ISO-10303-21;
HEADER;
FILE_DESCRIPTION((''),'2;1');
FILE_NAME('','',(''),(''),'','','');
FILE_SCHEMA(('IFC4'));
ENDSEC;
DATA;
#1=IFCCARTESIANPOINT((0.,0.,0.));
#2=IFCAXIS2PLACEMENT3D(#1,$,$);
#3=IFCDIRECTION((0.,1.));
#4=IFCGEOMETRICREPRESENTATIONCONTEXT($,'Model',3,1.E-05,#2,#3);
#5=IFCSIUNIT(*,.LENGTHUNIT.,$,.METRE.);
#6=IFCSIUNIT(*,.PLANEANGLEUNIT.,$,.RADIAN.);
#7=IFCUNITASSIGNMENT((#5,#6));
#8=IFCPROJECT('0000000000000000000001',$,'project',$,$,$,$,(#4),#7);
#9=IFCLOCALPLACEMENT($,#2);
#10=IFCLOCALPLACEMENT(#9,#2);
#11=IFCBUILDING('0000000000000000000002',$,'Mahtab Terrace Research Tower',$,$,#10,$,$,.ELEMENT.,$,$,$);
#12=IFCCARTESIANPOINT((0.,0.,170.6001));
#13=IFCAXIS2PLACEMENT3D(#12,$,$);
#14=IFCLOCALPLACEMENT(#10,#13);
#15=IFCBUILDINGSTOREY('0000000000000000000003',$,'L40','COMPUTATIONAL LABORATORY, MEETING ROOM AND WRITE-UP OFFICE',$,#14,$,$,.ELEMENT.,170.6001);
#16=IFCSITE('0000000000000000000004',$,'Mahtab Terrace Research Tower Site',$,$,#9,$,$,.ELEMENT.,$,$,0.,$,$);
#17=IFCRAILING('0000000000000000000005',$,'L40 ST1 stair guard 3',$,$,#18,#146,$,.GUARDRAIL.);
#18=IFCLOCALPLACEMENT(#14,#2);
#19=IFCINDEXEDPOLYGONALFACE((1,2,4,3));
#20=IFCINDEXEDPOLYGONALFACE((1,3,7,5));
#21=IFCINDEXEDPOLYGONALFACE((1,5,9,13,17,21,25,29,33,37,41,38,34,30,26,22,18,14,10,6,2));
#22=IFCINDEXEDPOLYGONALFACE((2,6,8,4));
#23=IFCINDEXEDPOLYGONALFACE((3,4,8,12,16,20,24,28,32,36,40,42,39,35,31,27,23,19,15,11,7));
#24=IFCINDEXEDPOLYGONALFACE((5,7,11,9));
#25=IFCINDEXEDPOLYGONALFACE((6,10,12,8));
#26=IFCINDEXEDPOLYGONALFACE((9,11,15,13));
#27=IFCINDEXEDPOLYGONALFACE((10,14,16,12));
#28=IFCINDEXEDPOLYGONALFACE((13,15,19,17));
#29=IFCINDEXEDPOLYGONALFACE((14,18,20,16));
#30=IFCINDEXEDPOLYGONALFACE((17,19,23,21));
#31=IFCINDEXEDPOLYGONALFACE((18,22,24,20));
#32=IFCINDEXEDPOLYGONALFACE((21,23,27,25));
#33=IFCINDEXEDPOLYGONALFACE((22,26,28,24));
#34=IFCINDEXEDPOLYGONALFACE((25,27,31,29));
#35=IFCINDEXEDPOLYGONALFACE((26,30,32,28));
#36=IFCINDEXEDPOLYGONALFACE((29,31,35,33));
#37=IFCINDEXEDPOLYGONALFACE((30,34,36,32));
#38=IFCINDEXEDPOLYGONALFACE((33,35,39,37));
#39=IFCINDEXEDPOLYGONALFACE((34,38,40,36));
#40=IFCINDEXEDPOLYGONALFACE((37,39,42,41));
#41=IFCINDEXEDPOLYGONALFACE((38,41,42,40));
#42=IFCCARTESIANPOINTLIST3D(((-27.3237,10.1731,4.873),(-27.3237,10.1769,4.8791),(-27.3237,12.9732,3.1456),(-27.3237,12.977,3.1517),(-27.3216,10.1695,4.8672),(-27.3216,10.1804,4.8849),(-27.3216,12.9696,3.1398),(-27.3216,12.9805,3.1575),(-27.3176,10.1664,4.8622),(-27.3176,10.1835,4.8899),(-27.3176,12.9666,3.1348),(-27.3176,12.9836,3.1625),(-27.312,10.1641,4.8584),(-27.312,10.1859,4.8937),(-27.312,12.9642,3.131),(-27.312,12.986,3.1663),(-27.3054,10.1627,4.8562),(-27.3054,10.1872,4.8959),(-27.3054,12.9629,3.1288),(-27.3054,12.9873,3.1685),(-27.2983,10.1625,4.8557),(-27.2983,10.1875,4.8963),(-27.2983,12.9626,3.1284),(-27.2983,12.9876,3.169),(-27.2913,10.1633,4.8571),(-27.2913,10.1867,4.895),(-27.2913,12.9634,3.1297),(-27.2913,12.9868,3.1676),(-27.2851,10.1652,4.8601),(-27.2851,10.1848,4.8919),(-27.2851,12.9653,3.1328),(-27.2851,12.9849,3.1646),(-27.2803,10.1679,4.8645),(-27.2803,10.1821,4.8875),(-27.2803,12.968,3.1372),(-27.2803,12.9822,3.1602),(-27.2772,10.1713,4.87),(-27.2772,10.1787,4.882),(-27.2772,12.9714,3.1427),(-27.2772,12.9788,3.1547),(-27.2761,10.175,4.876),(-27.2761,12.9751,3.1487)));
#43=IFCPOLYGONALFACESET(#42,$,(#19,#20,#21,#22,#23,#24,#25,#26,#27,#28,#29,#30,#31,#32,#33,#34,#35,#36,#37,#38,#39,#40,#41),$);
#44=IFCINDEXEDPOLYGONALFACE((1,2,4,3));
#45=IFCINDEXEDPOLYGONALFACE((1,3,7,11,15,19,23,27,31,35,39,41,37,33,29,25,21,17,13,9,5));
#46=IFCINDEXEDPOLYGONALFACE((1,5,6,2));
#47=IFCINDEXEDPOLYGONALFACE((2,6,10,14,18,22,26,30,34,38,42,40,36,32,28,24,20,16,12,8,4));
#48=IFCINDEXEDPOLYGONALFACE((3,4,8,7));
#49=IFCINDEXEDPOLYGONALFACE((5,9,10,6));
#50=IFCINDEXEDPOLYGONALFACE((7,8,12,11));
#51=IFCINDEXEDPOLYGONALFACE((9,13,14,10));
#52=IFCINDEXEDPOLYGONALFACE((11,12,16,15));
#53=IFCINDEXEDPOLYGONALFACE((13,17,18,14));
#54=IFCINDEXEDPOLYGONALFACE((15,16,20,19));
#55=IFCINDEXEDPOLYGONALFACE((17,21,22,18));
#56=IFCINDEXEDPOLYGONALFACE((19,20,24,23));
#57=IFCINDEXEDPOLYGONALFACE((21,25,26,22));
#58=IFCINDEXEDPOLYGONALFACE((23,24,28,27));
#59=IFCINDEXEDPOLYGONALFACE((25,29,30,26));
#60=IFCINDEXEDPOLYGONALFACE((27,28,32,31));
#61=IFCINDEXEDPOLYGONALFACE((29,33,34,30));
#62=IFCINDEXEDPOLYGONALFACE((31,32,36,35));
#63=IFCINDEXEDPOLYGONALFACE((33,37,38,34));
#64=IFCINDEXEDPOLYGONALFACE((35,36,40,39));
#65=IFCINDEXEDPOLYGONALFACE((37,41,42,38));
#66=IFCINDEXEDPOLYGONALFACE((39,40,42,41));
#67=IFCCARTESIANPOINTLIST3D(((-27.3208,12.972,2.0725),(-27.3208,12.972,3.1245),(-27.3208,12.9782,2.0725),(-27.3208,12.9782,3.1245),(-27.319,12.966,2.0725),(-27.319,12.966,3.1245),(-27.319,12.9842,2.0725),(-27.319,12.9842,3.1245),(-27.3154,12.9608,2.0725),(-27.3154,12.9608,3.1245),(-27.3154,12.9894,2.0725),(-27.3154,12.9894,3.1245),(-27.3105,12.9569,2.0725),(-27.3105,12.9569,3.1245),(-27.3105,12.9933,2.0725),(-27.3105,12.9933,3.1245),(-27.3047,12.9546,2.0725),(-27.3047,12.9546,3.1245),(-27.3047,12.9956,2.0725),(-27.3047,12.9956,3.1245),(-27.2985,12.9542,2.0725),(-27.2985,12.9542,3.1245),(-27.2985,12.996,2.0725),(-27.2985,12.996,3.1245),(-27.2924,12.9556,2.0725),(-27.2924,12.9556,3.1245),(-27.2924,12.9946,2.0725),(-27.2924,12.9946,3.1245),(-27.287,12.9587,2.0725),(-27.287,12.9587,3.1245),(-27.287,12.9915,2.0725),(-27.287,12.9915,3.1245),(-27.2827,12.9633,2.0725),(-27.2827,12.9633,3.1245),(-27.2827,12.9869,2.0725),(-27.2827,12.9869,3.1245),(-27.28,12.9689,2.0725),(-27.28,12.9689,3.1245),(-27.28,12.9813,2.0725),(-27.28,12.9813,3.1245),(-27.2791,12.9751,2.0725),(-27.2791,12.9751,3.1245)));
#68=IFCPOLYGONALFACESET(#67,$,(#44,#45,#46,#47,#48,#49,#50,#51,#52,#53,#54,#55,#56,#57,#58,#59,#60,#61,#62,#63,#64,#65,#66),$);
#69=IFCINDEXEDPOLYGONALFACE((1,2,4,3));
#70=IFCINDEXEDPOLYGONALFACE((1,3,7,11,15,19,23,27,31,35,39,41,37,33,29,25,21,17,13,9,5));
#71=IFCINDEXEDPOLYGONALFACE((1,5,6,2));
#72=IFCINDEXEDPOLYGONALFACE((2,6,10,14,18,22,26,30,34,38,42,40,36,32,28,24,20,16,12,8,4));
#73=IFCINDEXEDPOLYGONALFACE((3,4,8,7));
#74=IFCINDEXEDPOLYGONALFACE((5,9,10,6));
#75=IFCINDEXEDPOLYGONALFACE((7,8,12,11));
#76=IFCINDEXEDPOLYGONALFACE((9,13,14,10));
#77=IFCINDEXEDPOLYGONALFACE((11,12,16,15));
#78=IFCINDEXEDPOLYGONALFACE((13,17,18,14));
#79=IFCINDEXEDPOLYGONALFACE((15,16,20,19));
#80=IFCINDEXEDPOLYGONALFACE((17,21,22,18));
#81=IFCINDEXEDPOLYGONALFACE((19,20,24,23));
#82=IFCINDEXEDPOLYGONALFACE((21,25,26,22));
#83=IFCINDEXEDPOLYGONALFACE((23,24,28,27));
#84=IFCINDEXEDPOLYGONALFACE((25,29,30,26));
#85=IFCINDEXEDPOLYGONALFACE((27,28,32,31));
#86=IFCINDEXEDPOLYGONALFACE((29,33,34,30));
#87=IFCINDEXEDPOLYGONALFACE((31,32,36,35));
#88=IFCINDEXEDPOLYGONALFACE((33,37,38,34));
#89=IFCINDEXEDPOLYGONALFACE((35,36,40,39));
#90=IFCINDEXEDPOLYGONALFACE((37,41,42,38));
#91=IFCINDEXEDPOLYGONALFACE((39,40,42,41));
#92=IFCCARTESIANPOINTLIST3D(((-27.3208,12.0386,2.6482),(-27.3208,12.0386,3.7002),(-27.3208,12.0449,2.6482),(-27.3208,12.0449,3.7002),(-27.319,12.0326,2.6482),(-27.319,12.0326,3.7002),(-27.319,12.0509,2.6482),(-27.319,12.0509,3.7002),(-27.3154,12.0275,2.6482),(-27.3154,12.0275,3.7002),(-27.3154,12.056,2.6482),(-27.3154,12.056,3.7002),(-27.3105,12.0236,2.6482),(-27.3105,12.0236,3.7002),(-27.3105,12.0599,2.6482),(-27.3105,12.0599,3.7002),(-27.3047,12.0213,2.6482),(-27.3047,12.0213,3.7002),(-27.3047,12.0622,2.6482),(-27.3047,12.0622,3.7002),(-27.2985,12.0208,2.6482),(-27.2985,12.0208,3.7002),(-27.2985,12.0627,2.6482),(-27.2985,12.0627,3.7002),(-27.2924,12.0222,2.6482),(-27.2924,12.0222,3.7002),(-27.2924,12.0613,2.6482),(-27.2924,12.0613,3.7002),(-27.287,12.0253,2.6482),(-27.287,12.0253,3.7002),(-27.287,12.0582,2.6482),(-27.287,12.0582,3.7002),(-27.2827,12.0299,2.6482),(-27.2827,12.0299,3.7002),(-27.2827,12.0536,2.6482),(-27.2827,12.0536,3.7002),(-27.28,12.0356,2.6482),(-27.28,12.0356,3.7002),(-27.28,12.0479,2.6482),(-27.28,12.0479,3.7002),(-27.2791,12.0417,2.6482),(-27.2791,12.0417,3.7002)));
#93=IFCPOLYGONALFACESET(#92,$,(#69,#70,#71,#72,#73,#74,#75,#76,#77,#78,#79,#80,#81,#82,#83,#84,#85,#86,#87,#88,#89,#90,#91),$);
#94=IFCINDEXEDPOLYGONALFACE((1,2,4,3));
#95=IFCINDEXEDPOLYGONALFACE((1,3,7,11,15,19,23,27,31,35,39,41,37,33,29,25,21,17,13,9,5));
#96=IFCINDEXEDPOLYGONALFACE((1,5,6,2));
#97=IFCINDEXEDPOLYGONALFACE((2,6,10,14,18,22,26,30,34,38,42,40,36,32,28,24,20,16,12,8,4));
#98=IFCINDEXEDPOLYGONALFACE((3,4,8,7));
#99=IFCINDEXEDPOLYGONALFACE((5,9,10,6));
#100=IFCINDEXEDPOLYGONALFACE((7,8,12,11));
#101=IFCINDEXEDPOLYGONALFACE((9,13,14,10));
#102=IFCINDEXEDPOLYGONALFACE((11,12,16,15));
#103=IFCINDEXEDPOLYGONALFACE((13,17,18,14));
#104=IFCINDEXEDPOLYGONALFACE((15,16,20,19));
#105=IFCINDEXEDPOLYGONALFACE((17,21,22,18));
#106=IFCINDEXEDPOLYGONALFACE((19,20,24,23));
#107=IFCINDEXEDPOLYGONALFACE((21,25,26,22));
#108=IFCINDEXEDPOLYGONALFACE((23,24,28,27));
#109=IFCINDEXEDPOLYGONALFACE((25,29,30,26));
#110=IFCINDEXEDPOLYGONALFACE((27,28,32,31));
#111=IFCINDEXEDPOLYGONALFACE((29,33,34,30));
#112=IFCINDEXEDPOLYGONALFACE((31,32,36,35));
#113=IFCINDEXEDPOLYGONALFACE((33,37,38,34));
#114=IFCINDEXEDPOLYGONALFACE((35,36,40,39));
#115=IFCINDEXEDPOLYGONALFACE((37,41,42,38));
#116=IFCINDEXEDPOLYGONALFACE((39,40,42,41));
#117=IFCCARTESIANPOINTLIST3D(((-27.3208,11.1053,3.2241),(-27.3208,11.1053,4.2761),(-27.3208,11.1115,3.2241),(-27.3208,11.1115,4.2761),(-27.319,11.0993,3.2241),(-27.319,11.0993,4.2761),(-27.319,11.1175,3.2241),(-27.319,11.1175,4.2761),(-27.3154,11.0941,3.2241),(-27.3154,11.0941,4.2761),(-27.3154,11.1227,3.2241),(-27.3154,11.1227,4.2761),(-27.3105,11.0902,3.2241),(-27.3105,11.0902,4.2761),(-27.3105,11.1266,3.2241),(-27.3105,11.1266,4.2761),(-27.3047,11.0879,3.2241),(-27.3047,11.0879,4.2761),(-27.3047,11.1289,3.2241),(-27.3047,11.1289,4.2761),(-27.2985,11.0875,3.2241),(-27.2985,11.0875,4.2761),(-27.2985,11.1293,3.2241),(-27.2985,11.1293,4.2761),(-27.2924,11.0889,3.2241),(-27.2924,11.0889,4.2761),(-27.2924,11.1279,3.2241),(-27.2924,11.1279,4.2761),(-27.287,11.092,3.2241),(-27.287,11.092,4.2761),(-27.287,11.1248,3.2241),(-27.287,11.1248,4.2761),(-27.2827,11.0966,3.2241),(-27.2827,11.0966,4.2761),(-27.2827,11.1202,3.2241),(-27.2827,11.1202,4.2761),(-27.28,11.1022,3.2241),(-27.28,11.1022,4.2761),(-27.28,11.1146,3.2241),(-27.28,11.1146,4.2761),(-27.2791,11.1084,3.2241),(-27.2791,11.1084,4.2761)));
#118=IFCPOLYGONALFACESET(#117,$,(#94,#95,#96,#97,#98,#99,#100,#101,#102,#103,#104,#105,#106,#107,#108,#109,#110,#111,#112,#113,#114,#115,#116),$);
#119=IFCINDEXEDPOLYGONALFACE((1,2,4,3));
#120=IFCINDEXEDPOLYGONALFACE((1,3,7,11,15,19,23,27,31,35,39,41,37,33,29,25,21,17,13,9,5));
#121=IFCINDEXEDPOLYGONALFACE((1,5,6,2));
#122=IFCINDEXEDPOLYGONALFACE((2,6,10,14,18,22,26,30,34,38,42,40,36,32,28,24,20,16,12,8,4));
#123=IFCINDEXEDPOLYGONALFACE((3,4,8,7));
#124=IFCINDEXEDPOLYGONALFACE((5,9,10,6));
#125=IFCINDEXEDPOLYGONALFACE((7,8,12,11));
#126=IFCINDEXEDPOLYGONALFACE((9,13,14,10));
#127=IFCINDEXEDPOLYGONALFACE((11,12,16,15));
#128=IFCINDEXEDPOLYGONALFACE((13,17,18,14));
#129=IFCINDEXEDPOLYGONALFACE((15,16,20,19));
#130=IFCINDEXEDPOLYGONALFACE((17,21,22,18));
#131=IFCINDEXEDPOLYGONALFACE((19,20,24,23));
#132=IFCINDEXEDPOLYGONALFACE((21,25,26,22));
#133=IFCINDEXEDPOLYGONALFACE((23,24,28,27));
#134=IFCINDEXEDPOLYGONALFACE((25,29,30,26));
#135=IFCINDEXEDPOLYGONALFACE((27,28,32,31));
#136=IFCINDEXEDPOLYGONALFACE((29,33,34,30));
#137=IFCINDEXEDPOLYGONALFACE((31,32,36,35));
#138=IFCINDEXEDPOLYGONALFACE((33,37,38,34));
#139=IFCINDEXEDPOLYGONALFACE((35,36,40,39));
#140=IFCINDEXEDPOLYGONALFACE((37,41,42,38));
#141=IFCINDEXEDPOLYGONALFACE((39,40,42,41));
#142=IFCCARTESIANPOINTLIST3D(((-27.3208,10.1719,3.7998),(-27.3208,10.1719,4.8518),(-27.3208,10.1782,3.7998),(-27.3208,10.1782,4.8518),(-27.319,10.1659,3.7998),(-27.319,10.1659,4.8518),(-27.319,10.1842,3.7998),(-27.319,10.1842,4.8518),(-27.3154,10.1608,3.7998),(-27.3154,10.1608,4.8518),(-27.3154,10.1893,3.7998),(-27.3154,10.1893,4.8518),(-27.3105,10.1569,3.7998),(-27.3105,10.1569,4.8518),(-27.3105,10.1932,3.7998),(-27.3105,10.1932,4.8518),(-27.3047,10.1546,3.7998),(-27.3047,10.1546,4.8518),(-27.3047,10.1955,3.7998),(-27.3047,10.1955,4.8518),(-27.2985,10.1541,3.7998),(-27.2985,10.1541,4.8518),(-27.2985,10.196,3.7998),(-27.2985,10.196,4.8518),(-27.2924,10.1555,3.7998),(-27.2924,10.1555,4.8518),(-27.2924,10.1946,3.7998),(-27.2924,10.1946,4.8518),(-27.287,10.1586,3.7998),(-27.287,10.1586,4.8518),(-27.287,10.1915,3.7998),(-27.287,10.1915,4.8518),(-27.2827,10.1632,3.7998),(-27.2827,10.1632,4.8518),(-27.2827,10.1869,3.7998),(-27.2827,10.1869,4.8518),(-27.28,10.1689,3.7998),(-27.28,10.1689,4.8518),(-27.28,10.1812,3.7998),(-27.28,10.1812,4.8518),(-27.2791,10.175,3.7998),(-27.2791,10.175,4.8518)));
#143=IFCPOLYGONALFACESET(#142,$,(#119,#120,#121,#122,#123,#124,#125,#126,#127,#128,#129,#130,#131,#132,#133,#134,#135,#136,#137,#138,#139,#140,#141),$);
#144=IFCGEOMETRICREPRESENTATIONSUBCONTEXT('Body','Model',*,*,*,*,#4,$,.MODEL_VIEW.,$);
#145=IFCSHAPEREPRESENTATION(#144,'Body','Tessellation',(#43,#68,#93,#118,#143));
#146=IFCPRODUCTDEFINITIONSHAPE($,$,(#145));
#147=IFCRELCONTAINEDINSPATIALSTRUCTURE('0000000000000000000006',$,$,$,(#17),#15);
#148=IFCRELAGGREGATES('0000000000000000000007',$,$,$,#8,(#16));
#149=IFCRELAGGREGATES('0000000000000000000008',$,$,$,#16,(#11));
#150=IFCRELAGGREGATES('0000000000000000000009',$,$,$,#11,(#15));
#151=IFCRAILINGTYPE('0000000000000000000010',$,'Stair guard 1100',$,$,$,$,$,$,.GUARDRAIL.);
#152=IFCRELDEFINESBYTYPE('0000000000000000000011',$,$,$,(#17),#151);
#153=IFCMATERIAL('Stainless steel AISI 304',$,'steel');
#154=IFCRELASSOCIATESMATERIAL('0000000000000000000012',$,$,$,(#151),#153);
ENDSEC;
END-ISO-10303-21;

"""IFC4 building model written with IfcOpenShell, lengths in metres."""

from ifc_helpers import new_model, si_unit, direction, frame, origin, origin_2d, place, context, subcontext, project, spatial, circle, extrude, material, type_object, element, save


model = new_model("IFC4")

# Units and contexts
model_context = context("Model", 3, precision=1e-05, world=origin(), true_north=direction((0.0, 1.0)))
body_context = subcontext(model_context, "Body", "Model", "MODEL_VIEW")
ifc_project = project(units=[si_unit("LENGTHUNIT", "METRE"), si_unit("PLANEANGLEUNIT", "RADIAN")], contexts=[model_context])

# Site, building, storey
site_placement = place(None, origin())
site = spatial("IfcSite", under=ifc_project, at=site_placement, Name="Mahtab Terrace Research Tower Site", CompositionType="ELEMENT", RefElevation=0.0)
building_placement = place(site_placement, origin())
building = spatial("IfcBuilding", under=site, at=building_placement, Name="Mahtab Terrace Research Tower", CompositionType="ELEMENT")
storey_placement = place(building_placement, frame((0.0, 0.0, 170.6001)))
storey = spatial("IfcBuildingStorey", under=building, at=storey_placement, Name="L40", Description="COMPUTATIONAL LABORATORY, MEETING ROOM AND WRITE-UP OFFICE", CompositionType="ELEMENT", Elevation=170.6001)

# Railing
ifc_material_1 = material(Name="Stainless steel AISI 304", Category="steel")
railing_type_1 = type_object("IfcRailingType", Name="Stair guard 1100", PredefinedType="GUARDRAIL", material=ifc_material_1)
railing_1_placement = place(storey_placement, frame((-27.3, 12.9751, 2.0725)))
element("IfcRailing", 1, at=railing_1_placement, inside=storey, type_object=railing_type_1, Name="L40 ST1 stair guard 3", PredefinedType="GUARDRAIL", context=body_context, shape_type="SweptSolid", body=[
    extrude(circle(Radius=0.0239, at=origin_2d()), frame((0.0, 0.0, 1.0762), z_axis=(0.0, -0.85109, 0.52502), x_axis=(1.0, 0.0, 0.0)), (0.0, 0.0, 1.0), 3.29),
    extrude(circle(Radius=0.021, at=origin_2d()), origin(), (0.0, 0.0, 1.0), 1.052),
    extrude(circle(Radius=0.021, at=origin_2d()), frame((0.0, -0.9333, 0.5757)), (0.0, 0.0, 1.0), 1.052),
    extrude(circle(Radius=0.021, at=origin_2d()), frame((0.0, -1.8667, 1.1516)), (0.0, 0.0, 1.0), 1.052),
    extrude(circle(Radius=0.021, at=origin_2d()), frame((0.0, -2.8, 1.7273)), (0.0, 0.0, 1.0), 1.052),
])

save(model, "model.ifc")
